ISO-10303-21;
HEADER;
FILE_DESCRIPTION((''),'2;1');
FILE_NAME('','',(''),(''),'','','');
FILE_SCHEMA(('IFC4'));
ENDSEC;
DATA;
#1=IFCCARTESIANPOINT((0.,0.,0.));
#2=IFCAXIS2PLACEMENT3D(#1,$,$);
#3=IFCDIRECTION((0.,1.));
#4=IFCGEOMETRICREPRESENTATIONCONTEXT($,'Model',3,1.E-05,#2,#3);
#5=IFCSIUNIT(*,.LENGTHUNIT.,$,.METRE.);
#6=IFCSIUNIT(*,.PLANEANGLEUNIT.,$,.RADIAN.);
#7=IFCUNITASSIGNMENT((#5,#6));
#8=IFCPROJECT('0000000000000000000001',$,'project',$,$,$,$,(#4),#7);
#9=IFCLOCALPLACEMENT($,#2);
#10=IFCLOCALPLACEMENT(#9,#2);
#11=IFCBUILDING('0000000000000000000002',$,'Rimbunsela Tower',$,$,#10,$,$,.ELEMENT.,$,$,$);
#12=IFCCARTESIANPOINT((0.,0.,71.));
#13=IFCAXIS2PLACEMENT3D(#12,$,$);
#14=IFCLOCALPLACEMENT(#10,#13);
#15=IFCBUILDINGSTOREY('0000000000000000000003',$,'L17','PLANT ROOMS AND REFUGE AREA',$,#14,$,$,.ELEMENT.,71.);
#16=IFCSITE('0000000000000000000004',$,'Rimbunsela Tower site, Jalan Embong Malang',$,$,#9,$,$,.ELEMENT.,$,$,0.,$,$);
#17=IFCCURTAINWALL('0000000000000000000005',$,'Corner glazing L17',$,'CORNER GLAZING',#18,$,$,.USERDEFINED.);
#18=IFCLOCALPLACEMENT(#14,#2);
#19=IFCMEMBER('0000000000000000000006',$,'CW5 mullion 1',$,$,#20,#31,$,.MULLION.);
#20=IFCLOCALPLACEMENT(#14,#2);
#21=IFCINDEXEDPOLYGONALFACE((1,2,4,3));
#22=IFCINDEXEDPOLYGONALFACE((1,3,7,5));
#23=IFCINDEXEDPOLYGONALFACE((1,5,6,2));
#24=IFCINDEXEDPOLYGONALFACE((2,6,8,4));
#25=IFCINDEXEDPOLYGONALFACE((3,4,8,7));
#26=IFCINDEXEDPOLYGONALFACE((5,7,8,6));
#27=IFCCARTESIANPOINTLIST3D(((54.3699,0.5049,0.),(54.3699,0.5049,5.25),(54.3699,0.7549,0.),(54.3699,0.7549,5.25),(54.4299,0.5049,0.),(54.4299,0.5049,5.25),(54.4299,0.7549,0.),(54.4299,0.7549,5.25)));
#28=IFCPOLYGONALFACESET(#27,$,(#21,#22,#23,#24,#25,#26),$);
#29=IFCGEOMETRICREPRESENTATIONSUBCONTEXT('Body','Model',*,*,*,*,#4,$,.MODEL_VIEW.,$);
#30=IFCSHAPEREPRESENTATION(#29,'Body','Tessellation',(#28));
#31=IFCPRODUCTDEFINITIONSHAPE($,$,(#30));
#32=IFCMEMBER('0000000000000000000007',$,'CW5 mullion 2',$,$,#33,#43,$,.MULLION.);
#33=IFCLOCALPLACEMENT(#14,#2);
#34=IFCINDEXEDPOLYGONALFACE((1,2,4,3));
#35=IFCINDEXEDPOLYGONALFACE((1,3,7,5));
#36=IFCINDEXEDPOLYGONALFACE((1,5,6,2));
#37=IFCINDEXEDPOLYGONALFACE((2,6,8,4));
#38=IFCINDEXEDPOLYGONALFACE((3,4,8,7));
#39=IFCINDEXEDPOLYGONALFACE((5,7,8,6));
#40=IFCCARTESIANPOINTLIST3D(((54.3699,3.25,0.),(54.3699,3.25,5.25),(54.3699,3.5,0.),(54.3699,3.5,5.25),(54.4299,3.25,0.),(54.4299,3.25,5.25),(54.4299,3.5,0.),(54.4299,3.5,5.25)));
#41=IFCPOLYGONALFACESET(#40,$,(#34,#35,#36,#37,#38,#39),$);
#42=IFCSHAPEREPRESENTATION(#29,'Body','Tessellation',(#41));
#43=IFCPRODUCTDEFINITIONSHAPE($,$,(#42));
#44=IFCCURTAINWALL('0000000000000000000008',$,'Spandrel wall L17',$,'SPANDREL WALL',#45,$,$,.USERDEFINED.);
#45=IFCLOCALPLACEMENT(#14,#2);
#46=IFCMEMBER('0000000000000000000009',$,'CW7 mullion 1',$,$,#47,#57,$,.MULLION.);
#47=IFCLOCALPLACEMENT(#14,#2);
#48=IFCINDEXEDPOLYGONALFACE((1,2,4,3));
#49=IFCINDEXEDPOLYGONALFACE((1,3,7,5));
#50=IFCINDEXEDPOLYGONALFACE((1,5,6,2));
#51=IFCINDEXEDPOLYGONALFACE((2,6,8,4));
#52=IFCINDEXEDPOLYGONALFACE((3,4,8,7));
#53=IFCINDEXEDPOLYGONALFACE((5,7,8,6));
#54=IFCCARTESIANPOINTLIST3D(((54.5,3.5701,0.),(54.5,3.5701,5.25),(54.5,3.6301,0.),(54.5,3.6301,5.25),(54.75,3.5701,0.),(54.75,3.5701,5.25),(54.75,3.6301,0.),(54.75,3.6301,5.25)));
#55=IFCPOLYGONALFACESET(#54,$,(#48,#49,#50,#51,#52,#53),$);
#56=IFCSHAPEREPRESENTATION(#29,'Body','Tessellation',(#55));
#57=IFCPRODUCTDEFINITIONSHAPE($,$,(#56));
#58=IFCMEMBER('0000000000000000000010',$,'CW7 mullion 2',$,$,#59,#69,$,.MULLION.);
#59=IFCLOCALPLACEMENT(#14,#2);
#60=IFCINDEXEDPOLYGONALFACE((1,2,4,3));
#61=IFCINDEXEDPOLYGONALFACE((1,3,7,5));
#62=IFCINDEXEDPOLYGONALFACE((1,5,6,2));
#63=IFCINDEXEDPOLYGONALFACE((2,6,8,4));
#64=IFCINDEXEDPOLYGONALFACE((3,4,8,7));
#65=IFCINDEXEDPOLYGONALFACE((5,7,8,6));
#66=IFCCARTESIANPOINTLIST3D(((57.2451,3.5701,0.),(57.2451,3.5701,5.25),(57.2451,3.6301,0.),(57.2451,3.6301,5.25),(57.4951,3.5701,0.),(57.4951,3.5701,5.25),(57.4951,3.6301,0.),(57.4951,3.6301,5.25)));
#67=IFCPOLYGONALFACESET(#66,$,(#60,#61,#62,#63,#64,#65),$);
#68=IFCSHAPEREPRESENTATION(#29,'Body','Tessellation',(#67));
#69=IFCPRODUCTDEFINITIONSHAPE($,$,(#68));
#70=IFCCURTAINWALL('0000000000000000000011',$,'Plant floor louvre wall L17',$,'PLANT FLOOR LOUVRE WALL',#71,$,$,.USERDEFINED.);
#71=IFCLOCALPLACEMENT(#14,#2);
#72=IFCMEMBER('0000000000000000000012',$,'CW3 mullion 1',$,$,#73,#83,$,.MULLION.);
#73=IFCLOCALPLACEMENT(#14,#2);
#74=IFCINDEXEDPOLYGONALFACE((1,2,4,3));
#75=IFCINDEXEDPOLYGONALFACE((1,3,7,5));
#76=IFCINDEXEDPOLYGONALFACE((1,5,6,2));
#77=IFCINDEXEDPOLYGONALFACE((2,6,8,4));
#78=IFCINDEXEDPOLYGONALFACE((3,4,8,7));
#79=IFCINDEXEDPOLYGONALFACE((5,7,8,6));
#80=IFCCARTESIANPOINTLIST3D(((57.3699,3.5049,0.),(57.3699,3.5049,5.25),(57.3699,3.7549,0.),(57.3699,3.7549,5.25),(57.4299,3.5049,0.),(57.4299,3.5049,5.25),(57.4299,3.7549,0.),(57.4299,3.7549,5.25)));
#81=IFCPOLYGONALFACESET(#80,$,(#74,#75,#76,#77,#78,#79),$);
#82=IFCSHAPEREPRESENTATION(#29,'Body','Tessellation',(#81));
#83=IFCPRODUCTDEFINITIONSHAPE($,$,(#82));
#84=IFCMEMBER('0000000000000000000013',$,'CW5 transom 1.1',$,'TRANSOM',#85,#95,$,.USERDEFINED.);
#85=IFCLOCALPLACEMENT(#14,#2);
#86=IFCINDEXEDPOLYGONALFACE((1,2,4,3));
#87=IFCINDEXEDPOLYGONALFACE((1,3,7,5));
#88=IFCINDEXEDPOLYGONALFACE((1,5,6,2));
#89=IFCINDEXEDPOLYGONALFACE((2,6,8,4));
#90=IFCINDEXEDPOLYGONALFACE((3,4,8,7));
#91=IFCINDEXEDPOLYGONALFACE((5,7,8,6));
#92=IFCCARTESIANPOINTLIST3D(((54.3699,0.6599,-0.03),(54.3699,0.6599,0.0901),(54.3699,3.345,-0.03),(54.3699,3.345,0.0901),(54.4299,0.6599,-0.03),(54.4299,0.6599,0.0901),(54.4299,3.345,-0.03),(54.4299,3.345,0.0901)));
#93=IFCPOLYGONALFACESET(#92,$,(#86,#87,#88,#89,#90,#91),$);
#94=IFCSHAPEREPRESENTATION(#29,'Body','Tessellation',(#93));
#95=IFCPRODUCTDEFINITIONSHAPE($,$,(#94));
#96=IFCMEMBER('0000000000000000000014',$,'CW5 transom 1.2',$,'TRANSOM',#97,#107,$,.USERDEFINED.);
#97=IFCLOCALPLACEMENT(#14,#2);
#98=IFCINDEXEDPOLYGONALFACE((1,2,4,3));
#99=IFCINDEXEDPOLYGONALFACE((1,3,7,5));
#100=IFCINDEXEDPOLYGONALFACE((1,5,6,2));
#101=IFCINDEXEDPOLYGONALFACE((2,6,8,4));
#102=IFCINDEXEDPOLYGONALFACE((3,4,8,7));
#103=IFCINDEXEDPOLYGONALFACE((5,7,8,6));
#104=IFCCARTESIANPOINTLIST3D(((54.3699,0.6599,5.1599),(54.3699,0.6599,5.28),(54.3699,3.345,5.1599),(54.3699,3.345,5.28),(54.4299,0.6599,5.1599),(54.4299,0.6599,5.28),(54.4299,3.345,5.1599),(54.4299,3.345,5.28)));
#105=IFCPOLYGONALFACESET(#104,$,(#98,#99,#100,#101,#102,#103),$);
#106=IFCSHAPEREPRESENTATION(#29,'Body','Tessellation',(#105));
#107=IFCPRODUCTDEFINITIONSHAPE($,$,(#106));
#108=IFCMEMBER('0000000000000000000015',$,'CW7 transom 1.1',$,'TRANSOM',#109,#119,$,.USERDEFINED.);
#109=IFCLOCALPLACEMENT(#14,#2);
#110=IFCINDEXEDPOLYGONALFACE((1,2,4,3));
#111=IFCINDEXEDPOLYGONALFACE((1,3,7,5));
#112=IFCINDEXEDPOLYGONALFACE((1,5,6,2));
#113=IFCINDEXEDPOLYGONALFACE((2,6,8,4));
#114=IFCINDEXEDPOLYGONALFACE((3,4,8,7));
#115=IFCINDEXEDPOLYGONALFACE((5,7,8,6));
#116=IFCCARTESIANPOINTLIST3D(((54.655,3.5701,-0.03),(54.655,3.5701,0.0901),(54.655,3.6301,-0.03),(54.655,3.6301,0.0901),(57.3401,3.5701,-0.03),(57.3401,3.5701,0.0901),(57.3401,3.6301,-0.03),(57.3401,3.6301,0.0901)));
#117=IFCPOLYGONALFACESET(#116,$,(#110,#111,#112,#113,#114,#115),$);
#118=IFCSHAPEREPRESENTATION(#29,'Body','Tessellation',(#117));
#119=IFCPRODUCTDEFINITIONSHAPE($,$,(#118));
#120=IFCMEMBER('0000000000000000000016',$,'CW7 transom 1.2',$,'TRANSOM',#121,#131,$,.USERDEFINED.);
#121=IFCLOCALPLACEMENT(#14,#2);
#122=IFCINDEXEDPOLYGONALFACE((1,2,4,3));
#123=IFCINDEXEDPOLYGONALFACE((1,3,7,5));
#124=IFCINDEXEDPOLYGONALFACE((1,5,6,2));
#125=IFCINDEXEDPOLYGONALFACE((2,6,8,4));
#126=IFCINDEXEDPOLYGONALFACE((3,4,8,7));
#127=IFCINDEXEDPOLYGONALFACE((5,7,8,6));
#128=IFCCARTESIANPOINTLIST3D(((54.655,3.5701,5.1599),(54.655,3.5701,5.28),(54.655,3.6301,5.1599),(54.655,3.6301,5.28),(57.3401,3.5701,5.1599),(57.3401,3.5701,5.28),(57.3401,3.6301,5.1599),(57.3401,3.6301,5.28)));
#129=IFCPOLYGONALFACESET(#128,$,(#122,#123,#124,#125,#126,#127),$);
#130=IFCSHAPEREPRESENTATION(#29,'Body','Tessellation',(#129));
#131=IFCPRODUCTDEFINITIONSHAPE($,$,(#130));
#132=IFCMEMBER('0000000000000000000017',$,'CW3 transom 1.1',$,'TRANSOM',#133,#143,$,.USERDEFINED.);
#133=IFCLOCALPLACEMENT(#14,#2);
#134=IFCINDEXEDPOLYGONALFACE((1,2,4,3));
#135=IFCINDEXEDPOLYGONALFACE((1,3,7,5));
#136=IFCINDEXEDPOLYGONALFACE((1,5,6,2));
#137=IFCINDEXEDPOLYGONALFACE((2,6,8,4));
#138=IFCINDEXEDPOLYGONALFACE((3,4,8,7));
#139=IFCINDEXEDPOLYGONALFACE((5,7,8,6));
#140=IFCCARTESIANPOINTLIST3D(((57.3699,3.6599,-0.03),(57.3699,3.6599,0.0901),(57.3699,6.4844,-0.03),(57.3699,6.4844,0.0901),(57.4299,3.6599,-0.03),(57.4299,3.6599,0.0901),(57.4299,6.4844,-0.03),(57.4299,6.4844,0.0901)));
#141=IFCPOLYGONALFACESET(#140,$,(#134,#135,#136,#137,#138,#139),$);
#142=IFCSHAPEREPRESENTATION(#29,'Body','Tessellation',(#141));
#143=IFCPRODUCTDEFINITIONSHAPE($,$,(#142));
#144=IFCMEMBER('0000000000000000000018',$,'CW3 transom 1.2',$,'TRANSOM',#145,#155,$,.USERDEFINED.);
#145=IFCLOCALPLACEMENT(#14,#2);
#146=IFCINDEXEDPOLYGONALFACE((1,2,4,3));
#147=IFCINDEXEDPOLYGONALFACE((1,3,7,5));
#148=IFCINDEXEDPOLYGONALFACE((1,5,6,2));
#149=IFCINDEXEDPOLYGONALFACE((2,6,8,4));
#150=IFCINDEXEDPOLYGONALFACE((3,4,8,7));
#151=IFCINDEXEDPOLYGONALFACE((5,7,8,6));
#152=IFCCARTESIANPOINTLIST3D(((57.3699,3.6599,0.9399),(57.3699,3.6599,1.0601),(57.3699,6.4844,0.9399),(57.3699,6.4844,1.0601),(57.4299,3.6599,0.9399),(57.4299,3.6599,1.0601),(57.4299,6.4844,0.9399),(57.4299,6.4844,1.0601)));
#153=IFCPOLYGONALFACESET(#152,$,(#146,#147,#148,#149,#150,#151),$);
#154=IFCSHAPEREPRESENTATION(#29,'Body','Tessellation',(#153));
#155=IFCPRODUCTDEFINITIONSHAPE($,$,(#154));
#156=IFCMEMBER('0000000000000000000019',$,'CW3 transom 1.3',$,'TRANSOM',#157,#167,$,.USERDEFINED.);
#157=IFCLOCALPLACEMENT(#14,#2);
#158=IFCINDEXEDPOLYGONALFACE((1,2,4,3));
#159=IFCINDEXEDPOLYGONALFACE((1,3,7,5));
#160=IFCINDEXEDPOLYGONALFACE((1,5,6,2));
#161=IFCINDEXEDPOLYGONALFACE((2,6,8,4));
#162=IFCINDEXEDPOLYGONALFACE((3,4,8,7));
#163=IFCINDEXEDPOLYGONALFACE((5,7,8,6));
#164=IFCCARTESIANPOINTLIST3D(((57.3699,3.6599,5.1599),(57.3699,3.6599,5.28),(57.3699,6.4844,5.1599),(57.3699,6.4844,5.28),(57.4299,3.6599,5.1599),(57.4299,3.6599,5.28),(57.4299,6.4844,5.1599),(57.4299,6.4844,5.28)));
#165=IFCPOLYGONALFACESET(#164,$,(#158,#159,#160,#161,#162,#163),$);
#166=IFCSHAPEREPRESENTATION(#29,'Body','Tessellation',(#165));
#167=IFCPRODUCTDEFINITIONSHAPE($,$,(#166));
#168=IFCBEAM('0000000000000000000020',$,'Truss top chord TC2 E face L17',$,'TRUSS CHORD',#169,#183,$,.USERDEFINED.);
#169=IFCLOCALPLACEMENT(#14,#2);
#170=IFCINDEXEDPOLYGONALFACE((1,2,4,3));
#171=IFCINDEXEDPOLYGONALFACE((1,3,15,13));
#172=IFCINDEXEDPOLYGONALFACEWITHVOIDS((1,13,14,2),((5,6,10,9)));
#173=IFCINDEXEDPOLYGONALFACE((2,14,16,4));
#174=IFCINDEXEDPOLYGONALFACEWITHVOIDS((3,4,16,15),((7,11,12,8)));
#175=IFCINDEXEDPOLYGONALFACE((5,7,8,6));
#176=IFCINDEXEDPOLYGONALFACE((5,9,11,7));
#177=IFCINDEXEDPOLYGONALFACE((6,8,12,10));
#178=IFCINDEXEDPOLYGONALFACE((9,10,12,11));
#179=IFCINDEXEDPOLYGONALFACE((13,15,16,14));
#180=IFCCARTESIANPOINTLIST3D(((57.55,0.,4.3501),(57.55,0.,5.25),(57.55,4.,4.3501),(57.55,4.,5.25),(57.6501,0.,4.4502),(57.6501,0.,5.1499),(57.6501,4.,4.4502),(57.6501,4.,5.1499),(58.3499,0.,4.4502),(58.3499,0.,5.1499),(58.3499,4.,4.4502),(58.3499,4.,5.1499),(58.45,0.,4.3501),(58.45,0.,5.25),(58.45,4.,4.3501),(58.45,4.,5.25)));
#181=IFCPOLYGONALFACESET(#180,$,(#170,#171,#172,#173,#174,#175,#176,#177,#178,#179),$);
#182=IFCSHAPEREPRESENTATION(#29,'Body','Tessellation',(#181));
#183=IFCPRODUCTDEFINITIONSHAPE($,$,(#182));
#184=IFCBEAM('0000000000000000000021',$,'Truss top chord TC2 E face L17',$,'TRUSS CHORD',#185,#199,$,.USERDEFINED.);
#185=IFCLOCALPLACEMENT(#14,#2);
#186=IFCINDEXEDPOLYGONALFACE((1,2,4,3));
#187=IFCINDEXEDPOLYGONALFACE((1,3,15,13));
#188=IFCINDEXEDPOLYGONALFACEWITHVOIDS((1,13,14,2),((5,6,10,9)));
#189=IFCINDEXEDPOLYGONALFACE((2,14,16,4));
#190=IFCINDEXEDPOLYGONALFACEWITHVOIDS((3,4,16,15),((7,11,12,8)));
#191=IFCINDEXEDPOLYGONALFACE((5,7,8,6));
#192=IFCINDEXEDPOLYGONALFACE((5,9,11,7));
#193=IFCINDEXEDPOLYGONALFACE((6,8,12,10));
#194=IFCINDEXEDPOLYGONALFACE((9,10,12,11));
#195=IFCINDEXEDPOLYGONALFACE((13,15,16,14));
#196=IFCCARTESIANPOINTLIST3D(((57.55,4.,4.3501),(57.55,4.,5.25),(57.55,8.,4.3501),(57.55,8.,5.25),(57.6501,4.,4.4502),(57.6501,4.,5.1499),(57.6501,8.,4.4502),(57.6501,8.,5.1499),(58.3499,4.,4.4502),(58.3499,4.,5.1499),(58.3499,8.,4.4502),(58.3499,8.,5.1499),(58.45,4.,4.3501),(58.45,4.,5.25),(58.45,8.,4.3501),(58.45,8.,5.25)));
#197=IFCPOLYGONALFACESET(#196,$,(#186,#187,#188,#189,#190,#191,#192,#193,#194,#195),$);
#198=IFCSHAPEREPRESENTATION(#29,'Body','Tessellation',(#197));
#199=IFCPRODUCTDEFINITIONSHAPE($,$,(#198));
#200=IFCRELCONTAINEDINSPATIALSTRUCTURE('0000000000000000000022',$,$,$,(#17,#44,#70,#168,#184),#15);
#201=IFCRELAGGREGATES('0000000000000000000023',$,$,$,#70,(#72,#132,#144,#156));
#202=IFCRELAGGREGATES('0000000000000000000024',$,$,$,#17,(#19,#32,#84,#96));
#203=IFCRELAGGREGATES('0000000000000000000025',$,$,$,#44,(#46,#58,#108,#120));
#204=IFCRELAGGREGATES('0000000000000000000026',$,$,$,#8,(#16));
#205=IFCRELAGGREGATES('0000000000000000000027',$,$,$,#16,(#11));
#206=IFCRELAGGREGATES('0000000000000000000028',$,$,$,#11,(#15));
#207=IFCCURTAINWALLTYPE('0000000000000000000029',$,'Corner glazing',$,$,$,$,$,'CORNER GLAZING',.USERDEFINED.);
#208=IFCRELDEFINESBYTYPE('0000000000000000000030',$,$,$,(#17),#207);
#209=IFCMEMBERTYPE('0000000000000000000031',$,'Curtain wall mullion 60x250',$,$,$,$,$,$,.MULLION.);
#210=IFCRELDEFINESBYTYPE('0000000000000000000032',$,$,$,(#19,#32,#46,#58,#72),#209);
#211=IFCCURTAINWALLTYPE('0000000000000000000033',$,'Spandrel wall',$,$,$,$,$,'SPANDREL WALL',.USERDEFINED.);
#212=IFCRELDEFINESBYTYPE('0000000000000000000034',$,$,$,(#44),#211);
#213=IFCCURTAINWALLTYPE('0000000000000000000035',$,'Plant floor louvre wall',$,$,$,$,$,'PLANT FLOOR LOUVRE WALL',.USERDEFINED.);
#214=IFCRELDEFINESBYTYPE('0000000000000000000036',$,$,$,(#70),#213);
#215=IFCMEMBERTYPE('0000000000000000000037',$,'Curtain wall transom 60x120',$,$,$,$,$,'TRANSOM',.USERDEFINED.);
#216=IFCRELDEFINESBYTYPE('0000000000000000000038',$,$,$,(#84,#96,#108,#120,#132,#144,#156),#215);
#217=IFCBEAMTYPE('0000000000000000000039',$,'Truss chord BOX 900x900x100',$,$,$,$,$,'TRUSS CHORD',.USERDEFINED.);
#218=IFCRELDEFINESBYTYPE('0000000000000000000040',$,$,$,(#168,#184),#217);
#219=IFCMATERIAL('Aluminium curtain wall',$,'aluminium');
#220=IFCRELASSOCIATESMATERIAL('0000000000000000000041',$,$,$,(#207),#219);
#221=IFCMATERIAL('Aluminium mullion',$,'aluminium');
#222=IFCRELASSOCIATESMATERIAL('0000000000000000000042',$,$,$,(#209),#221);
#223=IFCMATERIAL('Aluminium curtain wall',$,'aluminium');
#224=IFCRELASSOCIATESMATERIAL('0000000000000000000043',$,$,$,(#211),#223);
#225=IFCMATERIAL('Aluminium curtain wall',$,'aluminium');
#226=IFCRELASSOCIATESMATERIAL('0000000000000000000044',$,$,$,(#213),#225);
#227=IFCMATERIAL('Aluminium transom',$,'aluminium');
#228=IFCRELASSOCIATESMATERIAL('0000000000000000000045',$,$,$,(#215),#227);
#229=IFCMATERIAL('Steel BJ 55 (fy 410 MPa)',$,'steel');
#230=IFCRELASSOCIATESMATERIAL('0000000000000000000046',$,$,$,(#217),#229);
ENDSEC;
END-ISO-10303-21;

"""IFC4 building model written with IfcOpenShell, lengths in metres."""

from ifc_helpers import new_model, si_unit, direction, frame, origin, origin_2d, place, context, subcontext, project, spatial, rectangle, hollow_rectangle, extrude, material, material_profile, profile_set, type_object, element, aggregate, save


model = new_model("IFC4")

# Units and contexts
model_context = context("Model", 3, precision=1e-05, world=origin(), true_north=direction((0.0, 1.0)))
body_context = subcontext(model_context, "Body", "Model", "MODEL_VIEW")
ifc_project = project(units=[si_unit("LENGTHUNIT", "METRE"), si_unit("PLANEANGLEUNIT", "RADIAN")], contexts=[model_context])

# Site, building, storey
site_placement = place(None, origin())
site = spatial("IfcSite", under=ifc_project, at=site_placement, Name="Rimbunsela Tower site, Jalan Embong Malang", CompositionType="ELEMENT", RefElevation=0.0)
building_placement = place(site_placement, origin())
building = spatial("IfcBuilding", under=site, at=building_placement, Name="Rimbunsela Tower", CompositionType="ELEMENT")
storey_placement = place(building_placement, frame((0.0, 0.0, 71.0)))
storey = spatial("IfcBuildingStorey", under=building, at=storey_placement, Name="L17", Description="PLANT ROOMS AND REFUGE AREA", CompositionType="ELEMENT", Elevation=71.0)

# Curtain walls, members
ifc_material_1 = material(Name="Aluminium curtain wall", Category="aluminium")
curtain_wall_type_1 = type_object("IfcCurtainWallType", Name="Corner glazing", ElementType="CORNER GLAZING", PredefinedType="USERDEFINED", material=ifc_material_1)
curtain_wall_1_placement = place(storey_placement, origin())
curtain_wall_1 = element("IfcCurtainWall", 1, at=curtain_wall_1_placement, inside=storey, type_object=curtain_wall_type_1, Name="Corner glazing L17", ObjectType="CORNER GLAZING", PredefinedType="USERDEFINED")
ifc_material_2 = material(Name="Aluminium mullion", Category="aluminium")
ifc_material_profile_1 = material_profile(ifc_material_2, rectangle(XDim=0.0601, YDim=0.25, at=origin_2d()), Name="Mullion 60x250")
ifc_profile_set_1 = profile_set([ifc_material_profile_1], Name="Aluminium mullion")
member_type_1 = type_object("IfcMemberType", Name="Curtain wall mullion 60x250", PredefinedType="MULLION", material=ifc_profile_set_1)
member_1_placement = place(storey_placement, frame((54.3999, 0.6299, 0.0), z_axis=(0.0, 0.0, 1.0), x_axis=(-1.0, 0.0, 0.0)))
member_1 = element("IfcMember", 2, at=member_1_placement, type_object=member_type_1, Name="CW5 mullion 1", PredefinedType="MULLION", context=body_context, shape_type="SweptSolid", body=[
    extrude(rectangle(XDim=0.0601, YDim=0.25, at=origin_2d()), origin(), (0.0, 0.0, 1.0), 5.25),
])
member_2_placement = place(storey_placement, frame((54.3999, 3.375, 0.0), z_axis=(0.0, 0.0, 1.0), x_axis=(-1.0, 0.0, 0.0)))
member_2 = element("IfcMember", 3, at=member_2_placement, type_object=member_type_1, Name="CW5 mullion 2", PredefinedType="MULLION", context=body_context, shape_type="SweptSolid", body=[
    extrude(rectangle(XDim=0.0601, YDim=0.25, at=origin_2d()), origin(), (0.0, 0.0, 1.0), 5.25),
])
ifc_material_3 = material(Name="Aluminium curtain wall", Category="aluminium")
curtain_wall_type_2 = type_object("IfcCurtainWallType", Name="Spandrel wall", ElementType="SPANDREL WALL", PredefinedType="USERDEFINED", material=ifc_material_3)
curtain_wall_2_placement = place(storey_placement, origin())
curtain_wall_2 = element("IfcCurtainWall", 4, at=curtain_wall_2_placement, inside=storey, type_object=curtain_wall_type_2, Name="Spandrel wall L17", ObjectType="SPANDREL WALL", PredefinedType="USERDEFINED")
member_3_placement = place(storey_placement, frame((54.625, 3.6001, 0.0), z_axis=(0.0, 0.0, 1.0), x_axis=(0.0, 1.0, 0.0)))
member_3 = element("IfcMember", 5, at=member_3_placement, type_object=member_type_1, Name="CW7 mullion 1", PredefinedType="MULLION", context=body_context, shape_type="SweptSolid", body=[
    extrude(rectangle(XDim=0.0601, YDim=0.25, at=origin_2d()), origin(), (0.0, 0.0, 1.0), 5.25),
])
member_4_placement = place(storey_placement, frame((57.3701, 3.6001, 0.0), z_axis=(0.0, 0.0, 1.0), x_axis=(0.0, 1.0, 0.0)))
member_4 = element("IfcMember", 6, at=member_4_placement, type_object=member_type_1, Name="CW7 mullion 2", PredefinedType="MULLION", context=body_context, shape_type="SweptSolid", body=[
    extrude(rectangle(XDim=0.0601, YDim=0.25, at=origin_2d()), origin(), (0.0, 0.0, 1.0), 5.25),
])

# Curtain wall, member
ifc_material_4 = material(Name="Aluminium curtain wall", Category="aluminium")
curtain_wall_type_3 = type_object("IfcCurtainWallType", Name="Plant floor louvre wall", ElementType="PLANT FLOOR LOUVRE WALL", PredefinedType="USERDEFINED", material=ifc_material_4)
curtain_wall_3_placement = place(storey_placement, origin())
curtain_wall_3 = element("IfcCurtainWall", 7, at=curtain_wall_3_placement, inside=storey, type_object=curtain_wall_type_3, Name="Plant floor louvre wall L17", ObjectType="PLANT FLOOR LOUVRE WALL", PredefinedType="USERDEFINED")
member_5_placement = place(storey_placement, frame((57.3999, 3.6299, 0.0), z_axis=(0.0, 0.0, 1.0), x_axis=(-1.0, 0.0, 0.0)))
member_5 = element("IfcMember", 8, at=member_5_placement, type_object=member_type_1, Name="CW3 mullion 1", PredefinedType="MULLION", context=body_context, shape_type="SweptSolid", body=[
    extrude(rectangle(XDim=0.0601, YDim=0.25, at=origin_2d()), origin(), (0.0, 0.0, 1.0), 5.25),
])

# Members
ifc_material_5 = material(Name="Aluminium transom", Category="aluminium")
ifc_material_profile_2 = material_profile(ifc_material_5, rectangle(XDim=0.0601, YDim=0.1201, at=origin_2d()), Name="Transom 60x120")
ifc_profile_set_2 = profile_set([ifc_material_profile_2], Name="Aluminium transom")
member_type_2 = type_object("IfcMemberType", Name="Curtain wall transom 60x120", ElementType="TRANSOM", PredefinedType="USERDEFINED", material=ifc_profile_set_2)
member_6_placement = place(storey_placement, frame((54.3999, 0.6599, 0.03), z_axis=(0.0, 1.0, 0.0), x_axis=(-1.0, 0.0, 0.0)))
member_6 = element("IfcMember", 9, at=member_6_placement, type_object=member_type_2, Name="CW5 transom 1.1", ObjectType="TRANSOM", PredefinedType="USERDEFINED", context=body_context, shape_type="SweptSolid", body=[
    extrude(rectangle(XDim=0.0601, YDim=0.1201, at=origin_2d()), origin(), (0.0, 0.0, 1.0), 2.6851),
])
member_7_placement = place(storey_placement, frame((54.3999, 0.6599, 5.22), z_axis=(0.0, 1.0, 0.0), x_axis=(-1.0, 0.0, 0.0)))
member_7 = element("IfcMember", 10, at=member_7_placement, type_object=member_type_2, Name="CW5 transom 1.2", ObjectType="TRANSOM", PredefinedType="USERDEFINED", context=body_context, shape_type="SweptSolid", body=[
    extrude(rectangle(XDim=0.0601, YDim=0.1201, at=origin_2d()), origin(), (0.0, 0.0, 1.0), 2.6851),
])
member_8_placement = place(storey_placement, frame((54.655, 3.6001, 0.03), z_axis=(1.0, 0.0, 0.0), x_axis=(0.0, 1.0, 0.0)))
member_8 = element("IfcMember", 11, at=member_8_placement, type_object=member_type_2, Name="CW7 transom 1.1", ObjectType="TRANSOM", PredefinedType="USERDEFINED", context=body_context, shape_type="SweptSolid", body=[
    extrude(rectangle(XDim=0.0601, YDim=0.1201, at=origin_2d()), origin(), (0.0, 0.0, 1.0), 2.6851),
])
member_9_placement = place(storey_placement, frame((54.655, 3.6001, 5.22), z_axis=(1.0, 0.0, 0.0), x_axis=(0.0, 1.0, 0.0)))
member_9 = element("IfcMember", 12, at=member_9_placement, type_object=member_type_2, Name="CW7 transom 1.2", ObjectType="TRANSOM", PredefinedType="USERDEFINED", context=body_context, shape_type="SweptSolid", body=[
    extrude(rectangle(XDim=0.0601, YDim=0.1201, at=origin_2d()), origin(), (0.0, 0.0, 1.0), 2.6851),
])
member_10_placement = place(storey_placement, frame((57.3999, 3.6599, 0.03), z_axis=(0.0, 1.0, 0.0), x_axis=(-1.0, 0.0, 0.0)))
member_10 = element("IfcMember", 13, at=member_10_placement, type_object=member_type_2, Name="CW3 transom 1.1", ObjectType="TRANSOM", PredefinedType="USERDEFINED", context=body_context, shape_type="SweptSolid", body=[
    extrude(rectangle(XDim=0.0601, YDim=0.1201, at=origin_2d()), origin(), (0.0, 0.0, 1.0), 2.8245),
])
member_11_placement = place(storey_placement, frame((57.3999, 3.6599, 1.0), z_axis=(0.0, 1.0, 0.0), x_axis=(-1.0, 0.0, 0.0)))
member_11 = element("IfcMember", 14, at=member_11_placement, type_object=member_type_2, Name="CW3 transom 1.2", ObjectType="TRANSOM", PredefinedType="USERDEFINED", context=body_context, shape_type="SweptSolid", body=[
    extrude(rectangle(XDim=0.0601, YDim=0.1201, at=origin_2d()), origin(), (0.0, 0.0, 1.0), 2.8245),
])
member_12_placement = place(storey_placement, frame((57.3999, 3.6599, 5.22), z_axis=(0.0, 1.0, 0.0), x_axis=(-1.0, 0.0, 0.0)))
member_12 = element("IfcMember", 15, at=member_12_placement, type_object=member_type_2, Name="CW3 transom 1.3", ObjectType="TRANSOM", PredefinedType="USERDEFINED", context=body_context, shape_type="SweptSolid", body=[
    extrude(rectangle(XDim=0.0601, YDim=0.1201, at=origin_2d()), origin(), (0.0, 0.0, 1.0), 2.8245),
])
aggregate(curtain_wall_3, [member_5, member_10, member_11, member_12])

# Beams
ifc_material_6 = material(Name="Steel BJ 55 (fy 410 MPa)", Category="steel")
ifc_material_profile_3 = material_profile(ifc_material_6, hollow_rectangle(XDim=0.8999, YDim=0.8999, WallThickness=0.1001, at=origin_2d()), Name="BOX 900x900x100")
ifc_profile_set_3 = profile_set([ifc_material_profile_3], Name="Steel BJ 55 (fy 410 MPa)")
beam_type = type_object("IfcBeamType", Name="Truss chord BOX 900x900x100", ElementType="TRUSS CHORD", PredefinedType="USERDEFINED", material=ifc_profile_set_3)
for number, where, z_axis, x_axis, name in (
    (16, (58.0, 0.0, 4.8), (0.0, 1.0, 0.0), (-1.0, 0.0, 0.0), "Truss top chord TC2 E face L17"),
    (17, (58.0, 4.0, 4.8), (0.0, 1.0, 0.0), (-1.0, 0.0, 0.0), "Truss top chord TC2 E face L17"),
):
    element("IfcBeam", number, at=place(storey_placement, frame(where, z_axis=z_axis, x_axis=x_axis)), inside=storey, type_object=beam_type, Name=name, ObjectType="TRUSS CHORD", PredefinedType="USERDEFINED", context=body_context, shape_type="SweptSolid", body=[
        extrude(hollow_rectangle(XDim=0.8999, YDim=0.8999, WallThickness=0.1001, at=origin_2d()), origin(), (0.0, 0.0, 1.0), 4.0),
    ])

aggregate(curtain_wall_1, [member_1, member_2, member_6, member_7])
aggregate(curtain_wall_2, [member_3, member_4, member_8, member_9])

save(model, "model.ifc")
